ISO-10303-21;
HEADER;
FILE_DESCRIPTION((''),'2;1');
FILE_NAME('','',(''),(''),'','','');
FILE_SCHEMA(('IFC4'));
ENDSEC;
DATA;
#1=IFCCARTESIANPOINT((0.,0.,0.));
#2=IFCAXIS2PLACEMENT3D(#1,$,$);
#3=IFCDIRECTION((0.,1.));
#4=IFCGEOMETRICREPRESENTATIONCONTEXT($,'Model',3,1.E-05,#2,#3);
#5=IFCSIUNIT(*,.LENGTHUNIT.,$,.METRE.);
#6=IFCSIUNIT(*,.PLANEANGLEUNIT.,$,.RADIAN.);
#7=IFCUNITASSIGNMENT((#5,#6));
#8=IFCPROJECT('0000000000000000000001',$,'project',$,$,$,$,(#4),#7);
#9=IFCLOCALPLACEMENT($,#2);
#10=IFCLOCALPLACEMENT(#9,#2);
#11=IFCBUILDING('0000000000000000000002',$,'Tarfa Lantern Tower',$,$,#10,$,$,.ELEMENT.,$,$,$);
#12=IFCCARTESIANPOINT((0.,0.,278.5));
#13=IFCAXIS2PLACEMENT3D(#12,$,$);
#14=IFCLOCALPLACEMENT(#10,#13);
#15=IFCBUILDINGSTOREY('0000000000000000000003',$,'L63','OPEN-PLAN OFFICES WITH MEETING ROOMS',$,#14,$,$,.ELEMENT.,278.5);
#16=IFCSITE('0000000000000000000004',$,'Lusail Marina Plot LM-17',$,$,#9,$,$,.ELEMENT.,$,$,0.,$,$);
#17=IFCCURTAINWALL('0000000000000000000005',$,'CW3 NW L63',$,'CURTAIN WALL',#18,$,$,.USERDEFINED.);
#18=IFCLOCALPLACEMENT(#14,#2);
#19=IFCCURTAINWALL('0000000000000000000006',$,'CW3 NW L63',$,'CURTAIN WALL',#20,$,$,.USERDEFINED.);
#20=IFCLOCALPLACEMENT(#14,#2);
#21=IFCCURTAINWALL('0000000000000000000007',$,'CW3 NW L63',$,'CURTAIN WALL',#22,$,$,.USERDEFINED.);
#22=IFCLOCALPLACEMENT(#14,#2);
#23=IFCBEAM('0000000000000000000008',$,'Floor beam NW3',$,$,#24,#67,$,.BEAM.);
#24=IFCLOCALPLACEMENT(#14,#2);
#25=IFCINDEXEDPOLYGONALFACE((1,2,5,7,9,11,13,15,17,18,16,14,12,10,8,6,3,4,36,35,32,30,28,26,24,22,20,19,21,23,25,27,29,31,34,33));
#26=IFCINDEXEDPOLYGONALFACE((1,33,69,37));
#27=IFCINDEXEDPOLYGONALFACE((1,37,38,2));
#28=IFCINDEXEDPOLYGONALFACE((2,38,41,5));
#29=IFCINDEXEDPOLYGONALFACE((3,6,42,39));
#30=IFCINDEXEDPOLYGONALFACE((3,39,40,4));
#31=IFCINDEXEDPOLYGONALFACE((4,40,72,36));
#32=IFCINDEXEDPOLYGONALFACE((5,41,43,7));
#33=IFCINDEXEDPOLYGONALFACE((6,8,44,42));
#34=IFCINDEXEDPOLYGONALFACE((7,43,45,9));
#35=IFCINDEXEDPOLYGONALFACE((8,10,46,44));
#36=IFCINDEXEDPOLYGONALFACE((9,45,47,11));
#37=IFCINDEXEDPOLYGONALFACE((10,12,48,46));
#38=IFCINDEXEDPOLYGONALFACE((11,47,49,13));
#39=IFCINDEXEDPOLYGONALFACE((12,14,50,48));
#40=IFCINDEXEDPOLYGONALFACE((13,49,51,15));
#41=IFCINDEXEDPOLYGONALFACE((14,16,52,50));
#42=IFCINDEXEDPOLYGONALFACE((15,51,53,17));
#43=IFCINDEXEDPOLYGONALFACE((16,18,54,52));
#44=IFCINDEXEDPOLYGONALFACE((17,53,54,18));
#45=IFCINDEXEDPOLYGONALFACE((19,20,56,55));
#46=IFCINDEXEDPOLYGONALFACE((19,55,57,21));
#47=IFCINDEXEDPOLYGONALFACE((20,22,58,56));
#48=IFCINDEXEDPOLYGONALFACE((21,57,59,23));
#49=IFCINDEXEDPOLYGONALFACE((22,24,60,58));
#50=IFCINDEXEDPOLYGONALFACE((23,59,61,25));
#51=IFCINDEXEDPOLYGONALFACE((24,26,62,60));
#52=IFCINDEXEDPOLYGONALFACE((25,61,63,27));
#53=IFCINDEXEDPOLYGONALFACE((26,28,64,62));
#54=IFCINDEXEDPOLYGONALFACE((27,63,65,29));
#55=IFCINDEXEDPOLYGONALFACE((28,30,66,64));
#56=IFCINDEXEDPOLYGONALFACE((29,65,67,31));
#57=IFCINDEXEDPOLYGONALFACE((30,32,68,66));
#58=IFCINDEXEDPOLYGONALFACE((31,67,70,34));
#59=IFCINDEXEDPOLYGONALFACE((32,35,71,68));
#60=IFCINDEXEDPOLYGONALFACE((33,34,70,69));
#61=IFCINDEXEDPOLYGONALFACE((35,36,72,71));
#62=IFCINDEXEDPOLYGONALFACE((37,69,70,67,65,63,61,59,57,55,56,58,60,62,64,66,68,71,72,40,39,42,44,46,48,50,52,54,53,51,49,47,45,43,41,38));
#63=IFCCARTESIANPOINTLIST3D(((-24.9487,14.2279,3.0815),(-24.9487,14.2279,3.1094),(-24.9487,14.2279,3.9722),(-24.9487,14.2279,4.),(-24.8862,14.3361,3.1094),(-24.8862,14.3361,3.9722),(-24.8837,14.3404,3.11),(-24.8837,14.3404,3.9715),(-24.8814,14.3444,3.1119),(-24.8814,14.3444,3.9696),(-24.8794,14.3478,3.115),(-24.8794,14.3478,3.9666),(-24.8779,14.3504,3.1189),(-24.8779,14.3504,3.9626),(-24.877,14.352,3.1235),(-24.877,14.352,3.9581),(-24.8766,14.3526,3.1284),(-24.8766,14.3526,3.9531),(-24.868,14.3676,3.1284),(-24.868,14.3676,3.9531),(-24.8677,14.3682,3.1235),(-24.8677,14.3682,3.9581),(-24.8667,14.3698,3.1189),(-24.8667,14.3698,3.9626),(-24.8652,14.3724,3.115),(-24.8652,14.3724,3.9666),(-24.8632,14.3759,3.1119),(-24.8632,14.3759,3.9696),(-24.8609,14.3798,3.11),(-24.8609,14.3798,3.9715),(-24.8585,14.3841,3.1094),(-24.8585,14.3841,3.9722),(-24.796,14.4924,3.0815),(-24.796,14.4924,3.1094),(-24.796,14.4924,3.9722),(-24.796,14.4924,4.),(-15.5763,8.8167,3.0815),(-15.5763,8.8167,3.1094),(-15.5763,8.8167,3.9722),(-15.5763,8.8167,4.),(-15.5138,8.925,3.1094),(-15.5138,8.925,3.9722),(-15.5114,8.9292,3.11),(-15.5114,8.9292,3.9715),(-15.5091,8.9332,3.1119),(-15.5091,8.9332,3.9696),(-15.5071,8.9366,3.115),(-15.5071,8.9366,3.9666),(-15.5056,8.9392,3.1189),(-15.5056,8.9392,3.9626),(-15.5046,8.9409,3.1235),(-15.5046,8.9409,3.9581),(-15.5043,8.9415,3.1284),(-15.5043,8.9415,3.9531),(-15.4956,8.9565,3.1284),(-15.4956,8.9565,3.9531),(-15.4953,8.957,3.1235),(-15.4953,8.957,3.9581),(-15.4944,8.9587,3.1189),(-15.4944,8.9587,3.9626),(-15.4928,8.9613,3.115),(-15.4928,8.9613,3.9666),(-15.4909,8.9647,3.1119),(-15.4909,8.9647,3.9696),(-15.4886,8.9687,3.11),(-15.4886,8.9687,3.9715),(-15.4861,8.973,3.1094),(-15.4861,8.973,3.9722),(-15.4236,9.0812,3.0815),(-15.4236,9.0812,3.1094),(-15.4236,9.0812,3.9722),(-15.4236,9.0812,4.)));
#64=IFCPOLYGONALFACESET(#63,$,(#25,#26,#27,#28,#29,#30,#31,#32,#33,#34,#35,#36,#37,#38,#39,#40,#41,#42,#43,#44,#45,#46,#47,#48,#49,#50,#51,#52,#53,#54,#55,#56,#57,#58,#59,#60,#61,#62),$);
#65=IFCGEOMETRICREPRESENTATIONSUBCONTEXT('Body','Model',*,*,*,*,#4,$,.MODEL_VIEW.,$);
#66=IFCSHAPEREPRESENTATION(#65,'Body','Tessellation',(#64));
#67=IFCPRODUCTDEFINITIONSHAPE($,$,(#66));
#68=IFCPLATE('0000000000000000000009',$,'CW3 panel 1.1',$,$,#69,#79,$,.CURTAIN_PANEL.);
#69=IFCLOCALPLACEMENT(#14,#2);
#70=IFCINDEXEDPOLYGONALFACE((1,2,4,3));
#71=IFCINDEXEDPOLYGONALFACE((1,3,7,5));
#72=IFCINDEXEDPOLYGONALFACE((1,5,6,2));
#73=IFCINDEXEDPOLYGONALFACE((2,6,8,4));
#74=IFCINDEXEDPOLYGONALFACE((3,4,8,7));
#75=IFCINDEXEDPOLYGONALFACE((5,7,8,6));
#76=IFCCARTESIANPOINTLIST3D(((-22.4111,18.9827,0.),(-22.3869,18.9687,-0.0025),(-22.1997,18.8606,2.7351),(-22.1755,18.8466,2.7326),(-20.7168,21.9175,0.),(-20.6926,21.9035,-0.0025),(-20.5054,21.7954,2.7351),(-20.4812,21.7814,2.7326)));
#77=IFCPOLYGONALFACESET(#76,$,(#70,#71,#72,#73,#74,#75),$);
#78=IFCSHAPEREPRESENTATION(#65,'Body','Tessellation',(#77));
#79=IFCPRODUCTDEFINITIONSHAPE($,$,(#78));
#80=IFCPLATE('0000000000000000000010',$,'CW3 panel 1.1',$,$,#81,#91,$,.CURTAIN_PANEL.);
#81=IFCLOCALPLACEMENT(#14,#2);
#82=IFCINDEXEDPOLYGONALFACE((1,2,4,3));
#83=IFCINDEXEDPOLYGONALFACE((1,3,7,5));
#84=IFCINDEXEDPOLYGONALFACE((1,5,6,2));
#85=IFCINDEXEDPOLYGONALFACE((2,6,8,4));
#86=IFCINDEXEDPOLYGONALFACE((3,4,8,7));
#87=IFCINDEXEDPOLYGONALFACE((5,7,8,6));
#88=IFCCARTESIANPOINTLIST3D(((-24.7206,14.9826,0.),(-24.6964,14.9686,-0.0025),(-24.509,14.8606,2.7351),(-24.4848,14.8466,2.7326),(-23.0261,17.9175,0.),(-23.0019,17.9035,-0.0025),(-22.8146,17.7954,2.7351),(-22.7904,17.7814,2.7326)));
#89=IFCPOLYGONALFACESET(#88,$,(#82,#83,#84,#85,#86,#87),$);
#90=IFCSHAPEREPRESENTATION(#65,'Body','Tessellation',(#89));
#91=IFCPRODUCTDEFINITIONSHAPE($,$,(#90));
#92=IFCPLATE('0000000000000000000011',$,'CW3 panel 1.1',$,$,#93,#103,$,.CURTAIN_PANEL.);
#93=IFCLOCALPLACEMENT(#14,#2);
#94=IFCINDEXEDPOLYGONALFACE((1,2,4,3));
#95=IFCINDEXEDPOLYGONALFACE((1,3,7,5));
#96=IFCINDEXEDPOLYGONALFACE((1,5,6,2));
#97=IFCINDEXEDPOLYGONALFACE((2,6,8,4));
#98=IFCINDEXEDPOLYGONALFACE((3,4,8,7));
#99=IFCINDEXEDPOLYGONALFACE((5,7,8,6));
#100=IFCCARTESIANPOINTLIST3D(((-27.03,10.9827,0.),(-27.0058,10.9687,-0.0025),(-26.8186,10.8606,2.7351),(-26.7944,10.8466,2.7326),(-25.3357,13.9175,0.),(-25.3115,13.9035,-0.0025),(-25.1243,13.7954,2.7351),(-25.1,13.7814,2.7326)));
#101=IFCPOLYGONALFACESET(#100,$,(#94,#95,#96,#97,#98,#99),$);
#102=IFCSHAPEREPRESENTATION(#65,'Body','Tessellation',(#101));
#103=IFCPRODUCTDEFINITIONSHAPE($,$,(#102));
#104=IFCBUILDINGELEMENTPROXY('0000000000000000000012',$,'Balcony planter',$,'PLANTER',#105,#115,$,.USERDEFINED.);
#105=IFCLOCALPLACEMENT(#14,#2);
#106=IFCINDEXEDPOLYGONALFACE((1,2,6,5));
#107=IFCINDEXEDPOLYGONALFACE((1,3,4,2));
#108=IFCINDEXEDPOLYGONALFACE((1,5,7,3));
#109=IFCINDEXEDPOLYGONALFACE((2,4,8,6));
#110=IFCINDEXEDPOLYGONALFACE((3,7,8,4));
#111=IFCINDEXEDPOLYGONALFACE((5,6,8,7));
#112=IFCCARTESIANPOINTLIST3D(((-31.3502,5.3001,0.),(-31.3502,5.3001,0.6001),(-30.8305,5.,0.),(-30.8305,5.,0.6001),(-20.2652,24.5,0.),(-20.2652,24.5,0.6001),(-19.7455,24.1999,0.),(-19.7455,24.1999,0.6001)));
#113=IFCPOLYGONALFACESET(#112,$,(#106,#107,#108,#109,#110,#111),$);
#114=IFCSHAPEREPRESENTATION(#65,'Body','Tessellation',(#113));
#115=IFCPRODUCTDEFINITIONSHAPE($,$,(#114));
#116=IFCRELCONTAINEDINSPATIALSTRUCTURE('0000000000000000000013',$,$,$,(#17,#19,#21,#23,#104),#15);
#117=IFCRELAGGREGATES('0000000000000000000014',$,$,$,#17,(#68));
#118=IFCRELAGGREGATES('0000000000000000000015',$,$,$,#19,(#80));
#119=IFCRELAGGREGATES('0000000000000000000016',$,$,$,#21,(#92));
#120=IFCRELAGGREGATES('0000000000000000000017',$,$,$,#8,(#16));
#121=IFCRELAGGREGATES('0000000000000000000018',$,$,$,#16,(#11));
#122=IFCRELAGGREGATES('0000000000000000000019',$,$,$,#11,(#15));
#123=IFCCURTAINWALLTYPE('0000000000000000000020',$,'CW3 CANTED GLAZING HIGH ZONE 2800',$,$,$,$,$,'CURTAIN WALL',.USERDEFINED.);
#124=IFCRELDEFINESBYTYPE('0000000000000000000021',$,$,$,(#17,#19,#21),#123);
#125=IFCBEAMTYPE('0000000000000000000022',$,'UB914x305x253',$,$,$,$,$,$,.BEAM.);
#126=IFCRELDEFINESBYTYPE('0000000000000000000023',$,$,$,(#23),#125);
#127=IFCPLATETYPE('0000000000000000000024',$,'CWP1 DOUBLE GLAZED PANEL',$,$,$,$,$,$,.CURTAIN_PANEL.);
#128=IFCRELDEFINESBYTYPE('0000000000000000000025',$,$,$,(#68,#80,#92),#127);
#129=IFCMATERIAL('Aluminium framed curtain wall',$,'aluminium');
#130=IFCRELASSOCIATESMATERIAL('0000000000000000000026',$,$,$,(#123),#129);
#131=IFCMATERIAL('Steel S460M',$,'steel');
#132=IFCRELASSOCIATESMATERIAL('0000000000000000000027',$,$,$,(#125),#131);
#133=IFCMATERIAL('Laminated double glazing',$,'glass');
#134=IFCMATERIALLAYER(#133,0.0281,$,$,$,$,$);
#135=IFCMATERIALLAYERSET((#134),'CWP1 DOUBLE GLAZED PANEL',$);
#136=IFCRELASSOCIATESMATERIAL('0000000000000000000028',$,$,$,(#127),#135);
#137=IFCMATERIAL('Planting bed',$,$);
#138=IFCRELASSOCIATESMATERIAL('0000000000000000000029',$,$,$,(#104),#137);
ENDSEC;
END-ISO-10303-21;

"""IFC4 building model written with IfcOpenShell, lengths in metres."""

from ifc_helpers import new_model, si_unit, direction, frame, origin, origin_2d, place, context, subcontext, project, spatial, polyline, rectangle, i_section, outline, extrude, material, layer, layer_set, material_profile, profile_set, type_object, element, aggregate, save


model = new_model("IFC4")

# Units and contexts
model_context = context("Model", 3, precision=1e-05, world=origin(), true_north=direction((0.0, 1.0)))
body_context = subcontext(model_context, "Body", "Model", "MODEL_VIEW")
ifc_project = project(units=[si_unit("LENGTHUNIT", "METRE"), si_unit("PLANEANGLEUNIT", "RADIAN")], contexts=[model_context])

# Site, building, storey
site_placement = place(None, origin())
site = spatial("IfcSite", under=ifc_project, at=site_placement, Name="Lusail Marina Plot LM-17", CompositionType="ELEMENT", RefElevation=0.0)
building_placement = place(site_placement, origin())
building = spatial("IfcBuilding", under=site, at=building_placement, Name="Tarfa Lantern Tower", CompositionType="ELEMENT")
storey_placement = place(building_placement, frame((0.0, 0.0, 278.5)))
storey = spatial("IfcBuildingStorey", under=building, at=storey_placement, Name="L63", Description="OPEN-PLAN OFFICES WITH MEETING ROOMS", CompositionType="ELEMENT", Elevation=278.5)

# Shared definitions
ifc_material_1 = material(Name="Aluminium framed curtain wall", Category="aluminium")
curtain_wall_type = type_object("IfcCurtainWallType", Name="CW3 CANTED GLAZING HIGH ZONE 2800", ElementType="CURTAIN WALL", PredefinedType="USERDEFINED", material=ifc_material_1)

# Curtain walls
curtain_wall_1_placement = place(storey_placement, origin())
curtain_wall_1 = element("IfcCurtainWall", 1, at=curtain_wall_1_placement, inside=storey, type_object=curtain_wall_type, Name="CW3 NW L63", ObjectType="CURTAIN WALL", PredefinedType="USERDEFINED")
curtain_wall_2_placement = place(storey_placement, origin())
curtain_wall_2 = element("IfcCurtainWall", 2, at=curtain_wall_2_placement, inside=storey, type_object=curtain_wall_type, Name="CW3 NW L63", ObjectType="CURTAIN WALL", PredefinedType="USERDEFINED")
curtain_wall_3_placement = place(storey_placement, origin())
curtain_wall_3 = element("IfcCurtainWall", 3, at=curtain_wall_3_placement, inside=storey, type_object=curtain_wall_type, Name="CW3 NW L63", ObjectType="CURTAIN WALL", PredefinedType="USERDEFINED")

# Beam
ifc_material_2 = material(Name="Steel S460M", Category="steel")
ifc_material_profile_1 = material_profile(ifc_material_2, i_section(OverallWidth=0.3054, OverallDepth=0.9185, WebThickness=0.0173, FlangeThickness=0.0278, FilletRadius=0.019, at=origin_2d()), Name="UB914x305x253")
ifc_profile_set_1 = profile_set([ifc_material_profile_1], Name="Steel S460M")
beam_type_1 = type_object("IfcBeamType", Name="UB914x305x253", PredefinedType="BEAM", material=ifc_profile_set_1)
beam_1_placement = place(storey_placement, frame((-24.8723, 14.3601, 3.5408), z_axis=(0.866024, -0.500002, 0.0), x_axis=(0.500002, 0.866024, 0.0)))
element("IfcBeam", 4, at=beam_1_placement, inside=storey, type_object=beam_type_1, Name="Floor beam NW3", PredefinedType="BEAM", context=body_context, shape_type="SweptSolid", body=[
    extrude(i_section(OverallWidth=0.3054, OverallDepth=0.9185, WebThickness=0.0173, FlangeThickness=0.0278, FilletRadius=0.019, at=origin_2d()), origin(), (0.0, 0.0, 1.0), 10.8223),
])

# Plates
ifc_material_3 = material(Name="Laminated double glazing", Category="glass")
ifc_layer = layer(ifc_material_3, 0.0281)
ifc_layer_set = layer_set([ifc_layer], Name="CWP1 DOUBLE GLAZED PANEL")
plate_type = type_object("IfcPlateType", Name="CWP1 DOUBLE GLAZED PANEL", PredefinedType="CURTAIN_PANEL", material=ifc_layer_set)
plate_1_placement = place(storey_placement, frame((-20.7168, 21.9175, 0.0), z_axis=(-0.862606, 0.498002, 0.088906), x_axis=(-0.499982, -0.866036, 0.0)))
plate_1 = element("IfcPlate", 5, at=plate_1_placement, type_object=plate_type, Name="CW3 panel 1.1", PredefinedType="CURTAIN_PANEL", context=body_context, shape_type="SweptSolid", body=[
    extrude(outline(polyline([(0.0, 0.0), (3.3888, 0.0), (3.3888, 2.746), (0.0, 2.746), (0.0, 0.0)])), origin(), (0.0, 0.0, -1.0), 0.0281),
])
aggregate(curtain_wall_1, [plate_1])
plate_2_placement = place(storey_placement, frame((-23.0261, 17.9175, 0.0), z_axis=(-0.862588, 0.498028, 0.088945), x_axis=(-0.50001, -0.86602, -0.000003)))
plate_2 = element("IfcPlate", 6, at=plate_2_placement, type_object=plate_type, Name="CW3 panel 1.1", PredefinedType="CURTAIN_PANEL", context=body_context, shape_type="SweptSolid", body=[
    extrude(outline(polyline([(0.0, 0.0), (3.3889, 0.0), (3.3888, 2.746), (0.0, 2.746), (0.0, 0.0)])), origin(), (0.0, 0.0, -1.0), 0.0281),
])
aggregate(curtain_wall_2, [plate_2])
plate_3_placement = place(storey_placement, frame((-25.3357, 13.9175, 0.0), z_axis=(-0.862606, 0.498002, 0.088906), x_axis=(-0.499982, -0.866036, 0.0)))
plate_3 = element("IfcPlate", 7, at=plate_3_placement, type_object=plate_type, Name="CW3 panel 1.1", PredefinedType="CURTAIN_PANEL", context=body_context, shape_type="SweptSolid", body=[
    extrude(outline(polyline([(0.0, 0.0), (3.3888, 0.0), (3.3888, 2.746), (0.0, 2.746), (0.0, 0.0)])), origin(), (0.0, 0.0, -1.0), 0.0281),
])
aggregate(curtain_wall_3, [plate_3])

# Building element proxy
ifc_material_4 = material(Name="Planting bed")
proxy_placement = place(storey_placement, frame((-25.5479, 14.75, 0.0), z_axis=(0.0, 0.0, 1.0), x_axis=(-0.5, -0.866025, 0.0)))
element("IfcBuildingElementProxy", 8, at=proxy_placement, inside=storey, material=ifc_material_4, Name="Balcony planter", ObjectType="PLANTER", PredefinedType="USERDEFINED", context=body_context, shape_type="SweptSolid", body=[
    extrude(rectangle(XDim=22.1702, YDim=0.6001, at=origin_2d()), origin(), (0.0, 0.0, 1.0), 0.6001),
])

save(model, "model.ifc")
